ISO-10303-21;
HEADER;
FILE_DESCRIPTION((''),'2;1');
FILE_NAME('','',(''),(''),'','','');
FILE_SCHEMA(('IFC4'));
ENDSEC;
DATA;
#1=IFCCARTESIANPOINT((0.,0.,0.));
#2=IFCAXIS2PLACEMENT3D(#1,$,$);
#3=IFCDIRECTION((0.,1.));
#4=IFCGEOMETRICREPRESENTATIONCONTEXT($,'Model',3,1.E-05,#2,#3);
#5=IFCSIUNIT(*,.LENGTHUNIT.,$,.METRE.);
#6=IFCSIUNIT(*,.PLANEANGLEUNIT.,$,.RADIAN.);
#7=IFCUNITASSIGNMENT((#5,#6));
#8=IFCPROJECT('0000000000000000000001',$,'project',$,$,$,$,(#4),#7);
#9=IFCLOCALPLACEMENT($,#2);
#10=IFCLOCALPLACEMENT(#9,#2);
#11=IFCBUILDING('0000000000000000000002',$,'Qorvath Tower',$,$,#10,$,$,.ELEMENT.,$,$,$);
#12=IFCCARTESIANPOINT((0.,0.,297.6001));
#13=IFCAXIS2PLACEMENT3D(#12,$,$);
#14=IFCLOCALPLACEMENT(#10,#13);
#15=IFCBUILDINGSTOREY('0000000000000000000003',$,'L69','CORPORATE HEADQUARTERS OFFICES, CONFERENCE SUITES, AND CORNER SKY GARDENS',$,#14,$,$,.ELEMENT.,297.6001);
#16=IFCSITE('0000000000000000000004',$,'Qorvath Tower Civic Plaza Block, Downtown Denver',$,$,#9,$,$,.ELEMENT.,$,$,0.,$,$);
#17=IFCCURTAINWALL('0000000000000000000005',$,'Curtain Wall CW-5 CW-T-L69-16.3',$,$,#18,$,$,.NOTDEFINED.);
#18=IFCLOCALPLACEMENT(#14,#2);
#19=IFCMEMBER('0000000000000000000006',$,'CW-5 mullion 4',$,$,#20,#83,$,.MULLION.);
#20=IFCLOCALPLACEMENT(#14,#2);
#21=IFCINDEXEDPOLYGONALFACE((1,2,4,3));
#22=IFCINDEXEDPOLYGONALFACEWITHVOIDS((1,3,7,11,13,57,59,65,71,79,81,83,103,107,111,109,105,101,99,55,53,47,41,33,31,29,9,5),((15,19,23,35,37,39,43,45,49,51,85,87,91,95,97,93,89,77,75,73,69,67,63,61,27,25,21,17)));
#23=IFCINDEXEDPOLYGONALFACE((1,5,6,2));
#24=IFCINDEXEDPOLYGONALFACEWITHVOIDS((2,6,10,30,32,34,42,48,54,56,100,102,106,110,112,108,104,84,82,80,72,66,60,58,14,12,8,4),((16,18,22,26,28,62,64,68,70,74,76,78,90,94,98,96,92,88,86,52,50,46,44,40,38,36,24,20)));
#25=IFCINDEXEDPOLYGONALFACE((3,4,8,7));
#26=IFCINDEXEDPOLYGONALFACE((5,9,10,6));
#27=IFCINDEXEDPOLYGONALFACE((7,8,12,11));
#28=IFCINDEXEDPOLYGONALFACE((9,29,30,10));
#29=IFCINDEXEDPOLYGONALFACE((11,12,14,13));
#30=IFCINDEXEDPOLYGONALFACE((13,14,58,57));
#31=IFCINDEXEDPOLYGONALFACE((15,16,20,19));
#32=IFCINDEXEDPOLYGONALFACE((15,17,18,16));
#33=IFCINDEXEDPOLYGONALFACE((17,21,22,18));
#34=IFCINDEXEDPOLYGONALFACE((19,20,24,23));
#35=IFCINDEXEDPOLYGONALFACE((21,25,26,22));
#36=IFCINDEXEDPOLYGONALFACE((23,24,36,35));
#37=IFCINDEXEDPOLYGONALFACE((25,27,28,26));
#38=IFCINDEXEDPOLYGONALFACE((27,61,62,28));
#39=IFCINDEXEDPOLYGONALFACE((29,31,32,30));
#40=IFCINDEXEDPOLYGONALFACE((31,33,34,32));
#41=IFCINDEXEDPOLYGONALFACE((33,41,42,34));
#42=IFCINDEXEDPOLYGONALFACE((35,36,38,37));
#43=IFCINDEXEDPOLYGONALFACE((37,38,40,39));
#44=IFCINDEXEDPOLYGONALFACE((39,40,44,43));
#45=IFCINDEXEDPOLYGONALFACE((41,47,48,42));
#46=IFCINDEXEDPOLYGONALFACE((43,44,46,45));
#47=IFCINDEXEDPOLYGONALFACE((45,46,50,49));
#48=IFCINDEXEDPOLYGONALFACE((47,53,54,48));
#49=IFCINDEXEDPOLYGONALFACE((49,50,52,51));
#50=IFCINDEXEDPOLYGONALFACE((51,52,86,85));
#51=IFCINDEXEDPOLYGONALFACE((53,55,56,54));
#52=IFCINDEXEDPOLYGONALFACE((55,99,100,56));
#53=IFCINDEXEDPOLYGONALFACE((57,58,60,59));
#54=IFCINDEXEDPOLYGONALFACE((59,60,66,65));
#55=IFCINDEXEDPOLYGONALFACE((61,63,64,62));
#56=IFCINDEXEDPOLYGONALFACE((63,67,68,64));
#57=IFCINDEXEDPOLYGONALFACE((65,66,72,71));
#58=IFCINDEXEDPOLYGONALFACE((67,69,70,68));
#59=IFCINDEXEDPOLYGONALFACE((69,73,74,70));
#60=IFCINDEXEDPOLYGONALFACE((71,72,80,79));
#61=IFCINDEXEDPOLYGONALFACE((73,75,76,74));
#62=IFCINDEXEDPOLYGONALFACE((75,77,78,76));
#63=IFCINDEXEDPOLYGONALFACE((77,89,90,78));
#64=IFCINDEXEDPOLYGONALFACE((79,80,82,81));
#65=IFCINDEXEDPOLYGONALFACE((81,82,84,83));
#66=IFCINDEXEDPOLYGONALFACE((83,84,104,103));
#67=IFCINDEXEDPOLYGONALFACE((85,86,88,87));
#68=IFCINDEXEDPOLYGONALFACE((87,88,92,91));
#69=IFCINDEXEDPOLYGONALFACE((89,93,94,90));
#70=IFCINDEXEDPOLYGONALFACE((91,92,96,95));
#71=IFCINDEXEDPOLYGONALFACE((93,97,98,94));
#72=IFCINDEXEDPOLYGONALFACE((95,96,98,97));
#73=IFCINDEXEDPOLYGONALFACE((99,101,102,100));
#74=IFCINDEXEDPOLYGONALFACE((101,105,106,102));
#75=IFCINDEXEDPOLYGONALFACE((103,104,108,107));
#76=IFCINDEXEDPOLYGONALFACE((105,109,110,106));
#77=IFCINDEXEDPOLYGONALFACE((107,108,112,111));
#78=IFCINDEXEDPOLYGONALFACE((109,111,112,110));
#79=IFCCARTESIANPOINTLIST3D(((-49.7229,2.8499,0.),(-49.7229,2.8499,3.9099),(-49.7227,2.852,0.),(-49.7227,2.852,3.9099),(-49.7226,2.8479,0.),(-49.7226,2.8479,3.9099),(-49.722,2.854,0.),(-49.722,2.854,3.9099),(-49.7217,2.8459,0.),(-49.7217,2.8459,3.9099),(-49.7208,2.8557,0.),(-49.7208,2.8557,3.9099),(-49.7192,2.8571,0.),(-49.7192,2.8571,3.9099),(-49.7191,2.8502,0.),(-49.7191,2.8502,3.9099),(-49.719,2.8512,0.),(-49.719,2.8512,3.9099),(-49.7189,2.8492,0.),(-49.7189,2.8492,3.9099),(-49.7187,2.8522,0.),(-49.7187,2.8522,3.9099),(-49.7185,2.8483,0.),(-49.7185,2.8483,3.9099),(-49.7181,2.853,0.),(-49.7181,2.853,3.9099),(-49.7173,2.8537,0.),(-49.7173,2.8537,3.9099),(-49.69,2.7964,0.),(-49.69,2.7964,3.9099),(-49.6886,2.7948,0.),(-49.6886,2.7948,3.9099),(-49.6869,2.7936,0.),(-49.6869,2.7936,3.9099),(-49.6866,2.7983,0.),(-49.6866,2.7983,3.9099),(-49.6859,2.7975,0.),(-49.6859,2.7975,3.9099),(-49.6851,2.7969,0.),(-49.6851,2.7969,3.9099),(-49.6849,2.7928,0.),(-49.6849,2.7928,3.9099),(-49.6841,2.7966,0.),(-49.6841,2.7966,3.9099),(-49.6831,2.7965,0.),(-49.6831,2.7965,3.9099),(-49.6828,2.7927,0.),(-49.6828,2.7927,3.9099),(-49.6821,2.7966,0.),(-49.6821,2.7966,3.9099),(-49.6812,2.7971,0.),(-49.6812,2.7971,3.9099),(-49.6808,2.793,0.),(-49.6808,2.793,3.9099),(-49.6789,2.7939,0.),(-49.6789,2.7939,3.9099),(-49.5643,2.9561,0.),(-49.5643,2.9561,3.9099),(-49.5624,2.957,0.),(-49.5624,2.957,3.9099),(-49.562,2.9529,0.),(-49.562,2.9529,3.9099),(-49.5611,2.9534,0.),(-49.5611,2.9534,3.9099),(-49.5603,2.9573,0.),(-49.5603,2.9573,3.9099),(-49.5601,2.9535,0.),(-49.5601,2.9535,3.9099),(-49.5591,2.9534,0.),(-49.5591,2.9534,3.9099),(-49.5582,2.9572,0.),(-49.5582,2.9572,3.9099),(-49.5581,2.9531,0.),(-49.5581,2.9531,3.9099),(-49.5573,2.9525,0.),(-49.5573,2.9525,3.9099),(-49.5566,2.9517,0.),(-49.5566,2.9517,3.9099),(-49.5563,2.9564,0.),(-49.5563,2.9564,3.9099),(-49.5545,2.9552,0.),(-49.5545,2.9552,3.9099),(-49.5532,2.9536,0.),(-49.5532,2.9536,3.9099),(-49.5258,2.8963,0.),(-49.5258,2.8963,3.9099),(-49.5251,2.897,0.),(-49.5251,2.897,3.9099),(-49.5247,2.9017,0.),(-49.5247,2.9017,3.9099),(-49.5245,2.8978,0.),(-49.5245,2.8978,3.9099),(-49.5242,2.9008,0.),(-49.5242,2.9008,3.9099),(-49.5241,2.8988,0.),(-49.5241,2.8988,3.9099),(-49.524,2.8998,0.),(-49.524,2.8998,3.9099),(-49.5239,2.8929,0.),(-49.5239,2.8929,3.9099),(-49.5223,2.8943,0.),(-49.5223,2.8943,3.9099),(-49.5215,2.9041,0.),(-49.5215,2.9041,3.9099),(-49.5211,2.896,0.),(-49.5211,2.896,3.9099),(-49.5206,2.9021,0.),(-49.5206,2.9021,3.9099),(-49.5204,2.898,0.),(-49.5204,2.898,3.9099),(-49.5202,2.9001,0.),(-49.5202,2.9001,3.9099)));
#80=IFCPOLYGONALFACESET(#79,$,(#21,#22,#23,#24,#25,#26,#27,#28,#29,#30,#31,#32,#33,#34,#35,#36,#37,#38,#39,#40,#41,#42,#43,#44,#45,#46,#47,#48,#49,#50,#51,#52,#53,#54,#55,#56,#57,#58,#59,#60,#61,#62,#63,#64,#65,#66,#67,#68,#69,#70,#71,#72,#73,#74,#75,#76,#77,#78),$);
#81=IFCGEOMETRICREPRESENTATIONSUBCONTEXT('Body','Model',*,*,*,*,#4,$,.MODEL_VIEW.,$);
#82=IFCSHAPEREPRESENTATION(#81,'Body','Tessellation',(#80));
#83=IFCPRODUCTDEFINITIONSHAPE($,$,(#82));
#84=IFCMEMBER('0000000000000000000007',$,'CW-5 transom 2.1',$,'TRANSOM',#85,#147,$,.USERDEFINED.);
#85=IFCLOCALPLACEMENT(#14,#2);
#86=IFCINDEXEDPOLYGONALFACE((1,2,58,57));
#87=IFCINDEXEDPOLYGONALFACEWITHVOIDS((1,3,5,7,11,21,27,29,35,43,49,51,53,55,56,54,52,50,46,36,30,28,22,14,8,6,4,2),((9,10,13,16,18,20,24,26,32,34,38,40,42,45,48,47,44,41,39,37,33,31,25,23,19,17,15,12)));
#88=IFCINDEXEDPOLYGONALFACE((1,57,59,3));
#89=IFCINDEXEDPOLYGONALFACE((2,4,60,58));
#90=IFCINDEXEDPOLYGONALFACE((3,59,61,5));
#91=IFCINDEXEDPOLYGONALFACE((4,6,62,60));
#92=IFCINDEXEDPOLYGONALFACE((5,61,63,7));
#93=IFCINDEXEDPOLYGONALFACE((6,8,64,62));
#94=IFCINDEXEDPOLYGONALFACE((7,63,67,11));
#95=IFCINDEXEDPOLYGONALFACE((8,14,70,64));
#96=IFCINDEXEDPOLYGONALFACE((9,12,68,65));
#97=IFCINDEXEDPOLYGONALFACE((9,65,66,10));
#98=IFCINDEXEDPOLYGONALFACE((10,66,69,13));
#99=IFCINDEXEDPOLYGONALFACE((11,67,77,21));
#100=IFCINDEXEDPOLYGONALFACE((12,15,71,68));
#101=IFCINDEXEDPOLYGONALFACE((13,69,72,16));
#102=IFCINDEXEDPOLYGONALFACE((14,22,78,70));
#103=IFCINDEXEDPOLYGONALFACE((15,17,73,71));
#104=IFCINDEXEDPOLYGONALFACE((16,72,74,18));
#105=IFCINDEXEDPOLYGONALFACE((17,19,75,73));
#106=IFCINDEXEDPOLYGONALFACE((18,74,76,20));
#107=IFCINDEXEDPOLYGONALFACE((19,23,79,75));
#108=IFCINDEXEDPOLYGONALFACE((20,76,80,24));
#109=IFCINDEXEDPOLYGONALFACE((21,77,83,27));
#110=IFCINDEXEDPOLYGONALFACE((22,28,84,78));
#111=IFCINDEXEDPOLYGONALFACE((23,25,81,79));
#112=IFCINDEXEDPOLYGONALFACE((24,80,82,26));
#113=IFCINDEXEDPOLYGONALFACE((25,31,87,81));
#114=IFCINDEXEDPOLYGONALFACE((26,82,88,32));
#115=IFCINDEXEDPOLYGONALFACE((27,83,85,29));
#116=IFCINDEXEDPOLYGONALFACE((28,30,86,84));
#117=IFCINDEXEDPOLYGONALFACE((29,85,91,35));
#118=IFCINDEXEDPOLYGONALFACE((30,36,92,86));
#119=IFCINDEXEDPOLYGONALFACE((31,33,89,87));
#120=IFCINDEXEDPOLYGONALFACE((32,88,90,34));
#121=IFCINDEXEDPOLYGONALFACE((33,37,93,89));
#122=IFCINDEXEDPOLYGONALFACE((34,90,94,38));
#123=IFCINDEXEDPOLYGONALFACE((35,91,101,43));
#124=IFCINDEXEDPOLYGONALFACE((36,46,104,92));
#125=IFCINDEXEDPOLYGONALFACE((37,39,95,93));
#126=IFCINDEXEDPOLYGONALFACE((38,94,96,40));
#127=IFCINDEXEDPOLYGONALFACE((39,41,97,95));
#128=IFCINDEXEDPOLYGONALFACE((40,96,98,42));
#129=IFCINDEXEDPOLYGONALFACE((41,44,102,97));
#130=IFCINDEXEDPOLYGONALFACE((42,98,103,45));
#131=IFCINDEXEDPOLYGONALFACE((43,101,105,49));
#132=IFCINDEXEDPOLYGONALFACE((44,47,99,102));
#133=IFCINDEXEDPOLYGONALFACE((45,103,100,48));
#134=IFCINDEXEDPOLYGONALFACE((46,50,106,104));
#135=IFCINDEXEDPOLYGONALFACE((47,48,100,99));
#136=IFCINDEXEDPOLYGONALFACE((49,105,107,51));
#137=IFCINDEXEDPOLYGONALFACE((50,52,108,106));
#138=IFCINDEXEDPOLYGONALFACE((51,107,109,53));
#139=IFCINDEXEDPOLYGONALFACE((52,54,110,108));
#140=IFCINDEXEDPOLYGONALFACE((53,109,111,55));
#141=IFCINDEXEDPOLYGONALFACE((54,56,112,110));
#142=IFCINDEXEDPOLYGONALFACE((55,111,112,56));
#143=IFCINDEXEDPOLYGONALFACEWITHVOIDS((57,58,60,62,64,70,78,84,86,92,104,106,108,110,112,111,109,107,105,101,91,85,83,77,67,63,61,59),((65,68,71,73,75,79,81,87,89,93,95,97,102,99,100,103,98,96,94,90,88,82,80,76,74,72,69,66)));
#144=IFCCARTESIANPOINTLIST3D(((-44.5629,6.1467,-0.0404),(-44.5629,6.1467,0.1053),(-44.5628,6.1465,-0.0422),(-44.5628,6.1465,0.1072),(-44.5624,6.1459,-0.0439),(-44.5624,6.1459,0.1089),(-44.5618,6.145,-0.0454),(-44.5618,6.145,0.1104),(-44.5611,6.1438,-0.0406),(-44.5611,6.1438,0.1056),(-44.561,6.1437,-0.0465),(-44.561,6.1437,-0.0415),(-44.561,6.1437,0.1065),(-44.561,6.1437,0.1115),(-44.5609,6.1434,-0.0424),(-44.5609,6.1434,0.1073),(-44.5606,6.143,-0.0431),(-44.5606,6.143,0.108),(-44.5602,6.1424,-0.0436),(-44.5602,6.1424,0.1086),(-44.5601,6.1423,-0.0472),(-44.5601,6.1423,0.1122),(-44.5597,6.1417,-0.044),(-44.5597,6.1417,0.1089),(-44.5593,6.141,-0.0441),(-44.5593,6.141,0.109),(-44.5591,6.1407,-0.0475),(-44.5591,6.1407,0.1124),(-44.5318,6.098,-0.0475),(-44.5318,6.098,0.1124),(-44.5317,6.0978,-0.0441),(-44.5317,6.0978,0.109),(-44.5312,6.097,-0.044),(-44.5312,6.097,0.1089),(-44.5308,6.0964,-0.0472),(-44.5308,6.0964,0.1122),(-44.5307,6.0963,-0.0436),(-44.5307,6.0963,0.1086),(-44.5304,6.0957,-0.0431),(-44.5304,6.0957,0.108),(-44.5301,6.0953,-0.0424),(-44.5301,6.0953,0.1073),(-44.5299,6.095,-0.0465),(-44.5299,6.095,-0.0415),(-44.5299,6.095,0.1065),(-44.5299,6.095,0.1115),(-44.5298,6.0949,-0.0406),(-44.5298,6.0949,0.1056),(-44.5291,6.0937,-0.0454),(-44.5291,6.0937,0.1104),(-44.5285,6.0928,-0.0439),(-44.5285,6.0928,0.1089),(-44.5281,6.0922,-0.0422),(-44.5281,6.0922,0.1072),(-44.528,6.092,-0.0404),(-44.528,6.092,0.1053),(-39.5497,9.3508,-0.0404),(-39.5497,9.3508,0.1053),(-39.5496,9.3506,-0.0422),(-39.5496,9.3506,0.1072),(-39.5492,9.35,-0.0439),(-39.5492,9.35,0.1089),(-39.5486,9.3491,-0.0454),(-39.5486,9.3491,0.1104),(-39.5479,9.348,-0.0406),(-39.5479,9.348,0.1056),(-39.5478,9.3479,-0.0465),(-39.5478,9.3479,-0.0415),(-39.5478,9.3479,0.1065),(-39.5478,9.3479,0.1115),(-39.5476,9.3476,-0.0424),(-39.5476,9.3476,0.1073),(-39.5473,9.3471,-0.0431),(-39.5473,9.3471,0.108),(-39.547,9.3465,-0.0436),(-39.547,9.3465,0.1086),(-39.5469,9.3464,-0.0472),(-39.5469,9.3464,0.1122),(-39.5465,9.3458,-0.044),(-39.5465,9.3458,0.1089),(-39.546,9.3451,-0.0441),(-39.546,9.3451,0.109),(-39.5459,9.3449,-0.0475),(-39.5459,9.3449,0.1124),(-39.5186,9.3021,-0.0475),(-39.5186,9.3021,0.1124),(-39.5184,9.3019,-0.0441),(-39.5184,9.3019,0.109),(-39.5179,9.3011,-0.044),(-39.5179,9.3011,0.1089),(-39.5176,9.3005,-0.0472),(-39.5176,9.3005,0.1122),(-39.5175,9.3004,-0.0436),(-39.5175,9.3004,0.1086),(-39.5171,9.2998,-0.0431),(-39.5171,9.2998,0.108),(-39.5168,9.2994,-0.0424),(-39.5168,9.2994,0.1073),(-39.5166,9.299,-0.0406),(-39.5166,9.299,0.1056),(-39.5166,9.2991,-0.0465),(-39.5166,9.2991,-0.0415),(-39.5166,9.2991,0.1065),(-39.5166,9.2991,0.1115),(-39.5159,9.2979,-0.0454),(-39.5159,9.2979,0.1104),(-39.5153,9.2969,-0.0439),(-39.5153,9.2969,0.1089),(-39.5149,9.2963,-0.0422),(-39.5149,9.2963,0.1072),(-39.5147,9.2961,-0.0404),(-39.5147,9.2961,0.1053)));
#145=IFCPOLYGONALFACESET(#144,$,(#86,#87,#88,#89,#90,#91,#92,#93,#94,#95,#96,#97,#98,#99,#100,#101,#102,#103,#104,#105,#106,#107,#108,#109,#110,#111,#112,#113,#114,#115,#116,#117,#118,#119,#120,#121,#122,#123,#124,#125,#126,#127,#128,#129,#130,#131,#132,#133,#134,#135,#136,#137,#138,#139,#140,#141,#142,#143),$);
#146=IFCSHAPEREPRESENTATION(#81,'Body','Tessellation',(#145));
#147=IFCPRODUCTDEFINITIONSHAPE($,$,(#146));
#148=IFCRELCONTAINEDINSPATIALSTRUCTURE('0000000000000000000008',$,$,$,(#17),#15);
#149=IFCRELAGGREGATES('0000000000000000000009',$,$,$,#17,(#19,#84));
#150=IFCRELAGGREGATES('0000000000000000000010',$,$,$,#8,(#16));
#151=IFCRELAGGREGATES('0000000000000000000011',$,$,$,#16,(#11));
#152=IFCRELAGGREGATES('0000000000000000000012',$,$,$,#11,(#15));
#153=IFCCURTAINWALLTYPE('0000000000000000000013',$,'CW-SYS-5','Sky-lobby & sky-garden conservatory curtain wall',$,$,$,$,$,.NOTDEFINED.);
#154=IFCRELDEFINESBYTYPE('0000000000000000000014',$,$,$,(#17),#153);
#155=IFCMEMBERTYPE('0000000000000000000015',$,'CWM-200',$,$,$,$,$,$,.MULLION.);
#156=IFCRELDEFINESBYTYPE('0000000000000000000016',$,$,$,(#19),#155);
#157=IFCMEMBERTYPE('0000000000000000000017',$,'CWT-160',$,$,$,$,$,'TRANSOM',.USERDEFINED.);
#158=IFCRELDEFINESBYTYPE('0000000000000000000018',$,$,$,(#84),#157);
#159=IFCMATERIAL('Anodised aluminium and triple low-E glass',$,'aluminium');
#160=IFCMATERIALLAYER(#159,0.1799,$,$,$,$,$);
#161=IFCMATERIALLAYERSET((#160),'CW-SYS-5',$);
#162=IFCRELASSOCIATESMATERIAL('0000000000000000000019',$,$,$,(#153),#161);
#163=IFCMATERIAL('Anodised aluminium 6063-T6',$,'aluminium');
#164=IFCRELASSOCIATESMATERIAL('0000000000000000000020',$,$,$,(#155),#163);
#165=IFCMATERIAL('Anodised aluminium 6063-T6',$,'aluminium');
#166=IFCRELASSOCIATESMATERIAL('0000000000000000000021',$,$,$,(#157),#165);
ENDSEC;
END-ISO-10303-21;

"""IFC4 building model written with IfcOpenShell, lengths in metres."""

from ifc_helpers import new_model, si_unit, direction, frame, origin, origin_2d, place, context, subcontext, project, spatial, hollow_rectangle, extrude, material, layer, layer_set, material_profile, profile_set, type_object, element, aggregate, save


model = new_model("IFC4")

# Units and contexts
model_context = context("Model", 3, precision=1e-05, world=origin(), true_north=direction((0.0, 1.0)))
body_context = subcontext(model_context, "Body", "Model", "MODEL_VIEW")
ifc_project = project(units=[si_unit("LENGTHUNIT", "METRE"), si_unit("PLANEANGLEUNIT", "RADIAN")], contexts=[model_context])

# Site, building, storey
site_placement = place(None, origin())
site = spatial("IfcSite", under=ifc_project, at=site_placement, Name="Qorvath Tower Civic Plaza Block, Downtown Denver", CompositionType="ELEMENT", RefElevation=0.0)
building_placement = place(site_placement, origin())
building = spatial("IfcBuilding", under=site, at=building_placement, Name="Qorvath Tower", CompositionType="ELEMENT")
storey_placement = place(building_placement, frame((0.0, 0.0, 297.6001)))
storey = spatial("IfcBuildingStorey", under=building, at=storey_placement, Name="L69", Description="CORPORATE HEADQUARTERS OFFICES, CONFERENCE SUITES, AND CORNER SKY GARDENS", CompositionType="ELEMENT", Elevation=297.6001)

# Curtain wall, members
ifc_material_1 = material(Name="Anodised aluminium and triple low-E glass", Category="aluminium")
ifc_layer_1 = layer(ifc_material_1, 0.1799)
ifc_layer_set_1 = layer_set([ifc_layer_1], Name="CW-SYS-5")
curtain_wall_type = type_object("IfcCurtainWallType", Name="CW-SYS-5", Description="Sky-lobby & sky-garden conservatory curtain wall", PredefinedType="NOTDEFINED", material=ifc_layer_set_1)
curtain_wall_placement = place(storey_placement, origin())
curtain_wall = element("IfcCurtainWall", 1, at=curtain_wall_placement, inside=storey, type_object=curtain_wall_type, Name="Curtain Wall CW-5 CW-T-L69-16.3", PredefinedType="NOTDEFINED")
ifc_material_2 = material(Name="Anodised aluminium 6063-T6", Category="aluminium")
ifc_material_profile_1 = material_profile(ifc_material_2, hollow_rectangle(XDim=0.075, YDim=0.2, WallThickness=0.0039, InnerFilletRadius=0.0039, OuterFilletRadius=0.0081, at=origin_2d()), Name="CWM 200x75")
ifc_profile_set_1 = profile_set([ifc_material_profile_1], Name="Anodised aluminium 6063-T6")
member_type_1 = type_object("IfcMemberType", Name="CWM-200", PredefinedType="MULLION", material=ifc_profile_set_1)
member_1_placement = place(storey_placement, frame((-49.6216, 2.875, 0.0), z_axis=(0.0, 0.0, 1.0), x_axis=(0.538537, -0.842602, 0.0)))
member_1 = element("IfcMember", 2, at=member_1_placement, type_object=member_type_1, Name="CW-5 mullion 4", PredefinedType="MULLION", context=body_context, shape_type="SweptSolid", body=[
    extrude(hollow_rectangle(XDim=0.075, YDim=0.2, WallThickness=0.0039, InnerFilletRadius=0.0039, OuterFilletRadius=0.0081, at=origin_2d()), origin(), (0.0, 0.0, 1.0), 3.9099),
])
ifc_material_3 = material(Name="Anodised aluminium 6063-T6", Category="aluminium")
ifc_material_profile_2 = material_profile(ifc_material_3, hollow_rectangle(XDim=0.0649, YDim=0.1599, WallThickness=0.0034, InnerFilletRadius=0.0034, OuterFilletRadius=0.0071, at=origin_2d()), Name="CWT 160x65")
ifc_profile_set_2 = profile_set([ifc_material_profile_2], Name="Anodised aluminium 6063-T6")
member_type_2 = type_object("IfcMemberType", Name="CWT-160", ElementType="TRANSOM", PredefinedType="USERDEFINED", material=ifc_profile_set_2)
member_2_placement = place(storey_placement, frame((-39.5322, 9.3235, 0.0325), z_axis=(-0.842602, -0.538537, 0.0), x_axis=(0.538537, -0.842602, 0.0)))
member_2 = element("IfcMember", 3, at=member_2_placement, type_object=member_type_2, Name="CW-5 transom 2.1", ObjectType="TRANSOM", PredefinedType="USERDEFINED", context=body_context, shape_type="SweptSolid", body=[
    extrude(hollow_rectangle(XDim=0.0649, YDim=0.1599, WallThickness=0.0034, InnerFilletRadius=0.0034, OuterFilletRadius=0.0071, at=origin_2d()), origin(), (0.0, 0.0, 1.0), 5.9497),
])
aggregate(curtain_wall, [member_1, member_2])

save(model, "model.ifc")
